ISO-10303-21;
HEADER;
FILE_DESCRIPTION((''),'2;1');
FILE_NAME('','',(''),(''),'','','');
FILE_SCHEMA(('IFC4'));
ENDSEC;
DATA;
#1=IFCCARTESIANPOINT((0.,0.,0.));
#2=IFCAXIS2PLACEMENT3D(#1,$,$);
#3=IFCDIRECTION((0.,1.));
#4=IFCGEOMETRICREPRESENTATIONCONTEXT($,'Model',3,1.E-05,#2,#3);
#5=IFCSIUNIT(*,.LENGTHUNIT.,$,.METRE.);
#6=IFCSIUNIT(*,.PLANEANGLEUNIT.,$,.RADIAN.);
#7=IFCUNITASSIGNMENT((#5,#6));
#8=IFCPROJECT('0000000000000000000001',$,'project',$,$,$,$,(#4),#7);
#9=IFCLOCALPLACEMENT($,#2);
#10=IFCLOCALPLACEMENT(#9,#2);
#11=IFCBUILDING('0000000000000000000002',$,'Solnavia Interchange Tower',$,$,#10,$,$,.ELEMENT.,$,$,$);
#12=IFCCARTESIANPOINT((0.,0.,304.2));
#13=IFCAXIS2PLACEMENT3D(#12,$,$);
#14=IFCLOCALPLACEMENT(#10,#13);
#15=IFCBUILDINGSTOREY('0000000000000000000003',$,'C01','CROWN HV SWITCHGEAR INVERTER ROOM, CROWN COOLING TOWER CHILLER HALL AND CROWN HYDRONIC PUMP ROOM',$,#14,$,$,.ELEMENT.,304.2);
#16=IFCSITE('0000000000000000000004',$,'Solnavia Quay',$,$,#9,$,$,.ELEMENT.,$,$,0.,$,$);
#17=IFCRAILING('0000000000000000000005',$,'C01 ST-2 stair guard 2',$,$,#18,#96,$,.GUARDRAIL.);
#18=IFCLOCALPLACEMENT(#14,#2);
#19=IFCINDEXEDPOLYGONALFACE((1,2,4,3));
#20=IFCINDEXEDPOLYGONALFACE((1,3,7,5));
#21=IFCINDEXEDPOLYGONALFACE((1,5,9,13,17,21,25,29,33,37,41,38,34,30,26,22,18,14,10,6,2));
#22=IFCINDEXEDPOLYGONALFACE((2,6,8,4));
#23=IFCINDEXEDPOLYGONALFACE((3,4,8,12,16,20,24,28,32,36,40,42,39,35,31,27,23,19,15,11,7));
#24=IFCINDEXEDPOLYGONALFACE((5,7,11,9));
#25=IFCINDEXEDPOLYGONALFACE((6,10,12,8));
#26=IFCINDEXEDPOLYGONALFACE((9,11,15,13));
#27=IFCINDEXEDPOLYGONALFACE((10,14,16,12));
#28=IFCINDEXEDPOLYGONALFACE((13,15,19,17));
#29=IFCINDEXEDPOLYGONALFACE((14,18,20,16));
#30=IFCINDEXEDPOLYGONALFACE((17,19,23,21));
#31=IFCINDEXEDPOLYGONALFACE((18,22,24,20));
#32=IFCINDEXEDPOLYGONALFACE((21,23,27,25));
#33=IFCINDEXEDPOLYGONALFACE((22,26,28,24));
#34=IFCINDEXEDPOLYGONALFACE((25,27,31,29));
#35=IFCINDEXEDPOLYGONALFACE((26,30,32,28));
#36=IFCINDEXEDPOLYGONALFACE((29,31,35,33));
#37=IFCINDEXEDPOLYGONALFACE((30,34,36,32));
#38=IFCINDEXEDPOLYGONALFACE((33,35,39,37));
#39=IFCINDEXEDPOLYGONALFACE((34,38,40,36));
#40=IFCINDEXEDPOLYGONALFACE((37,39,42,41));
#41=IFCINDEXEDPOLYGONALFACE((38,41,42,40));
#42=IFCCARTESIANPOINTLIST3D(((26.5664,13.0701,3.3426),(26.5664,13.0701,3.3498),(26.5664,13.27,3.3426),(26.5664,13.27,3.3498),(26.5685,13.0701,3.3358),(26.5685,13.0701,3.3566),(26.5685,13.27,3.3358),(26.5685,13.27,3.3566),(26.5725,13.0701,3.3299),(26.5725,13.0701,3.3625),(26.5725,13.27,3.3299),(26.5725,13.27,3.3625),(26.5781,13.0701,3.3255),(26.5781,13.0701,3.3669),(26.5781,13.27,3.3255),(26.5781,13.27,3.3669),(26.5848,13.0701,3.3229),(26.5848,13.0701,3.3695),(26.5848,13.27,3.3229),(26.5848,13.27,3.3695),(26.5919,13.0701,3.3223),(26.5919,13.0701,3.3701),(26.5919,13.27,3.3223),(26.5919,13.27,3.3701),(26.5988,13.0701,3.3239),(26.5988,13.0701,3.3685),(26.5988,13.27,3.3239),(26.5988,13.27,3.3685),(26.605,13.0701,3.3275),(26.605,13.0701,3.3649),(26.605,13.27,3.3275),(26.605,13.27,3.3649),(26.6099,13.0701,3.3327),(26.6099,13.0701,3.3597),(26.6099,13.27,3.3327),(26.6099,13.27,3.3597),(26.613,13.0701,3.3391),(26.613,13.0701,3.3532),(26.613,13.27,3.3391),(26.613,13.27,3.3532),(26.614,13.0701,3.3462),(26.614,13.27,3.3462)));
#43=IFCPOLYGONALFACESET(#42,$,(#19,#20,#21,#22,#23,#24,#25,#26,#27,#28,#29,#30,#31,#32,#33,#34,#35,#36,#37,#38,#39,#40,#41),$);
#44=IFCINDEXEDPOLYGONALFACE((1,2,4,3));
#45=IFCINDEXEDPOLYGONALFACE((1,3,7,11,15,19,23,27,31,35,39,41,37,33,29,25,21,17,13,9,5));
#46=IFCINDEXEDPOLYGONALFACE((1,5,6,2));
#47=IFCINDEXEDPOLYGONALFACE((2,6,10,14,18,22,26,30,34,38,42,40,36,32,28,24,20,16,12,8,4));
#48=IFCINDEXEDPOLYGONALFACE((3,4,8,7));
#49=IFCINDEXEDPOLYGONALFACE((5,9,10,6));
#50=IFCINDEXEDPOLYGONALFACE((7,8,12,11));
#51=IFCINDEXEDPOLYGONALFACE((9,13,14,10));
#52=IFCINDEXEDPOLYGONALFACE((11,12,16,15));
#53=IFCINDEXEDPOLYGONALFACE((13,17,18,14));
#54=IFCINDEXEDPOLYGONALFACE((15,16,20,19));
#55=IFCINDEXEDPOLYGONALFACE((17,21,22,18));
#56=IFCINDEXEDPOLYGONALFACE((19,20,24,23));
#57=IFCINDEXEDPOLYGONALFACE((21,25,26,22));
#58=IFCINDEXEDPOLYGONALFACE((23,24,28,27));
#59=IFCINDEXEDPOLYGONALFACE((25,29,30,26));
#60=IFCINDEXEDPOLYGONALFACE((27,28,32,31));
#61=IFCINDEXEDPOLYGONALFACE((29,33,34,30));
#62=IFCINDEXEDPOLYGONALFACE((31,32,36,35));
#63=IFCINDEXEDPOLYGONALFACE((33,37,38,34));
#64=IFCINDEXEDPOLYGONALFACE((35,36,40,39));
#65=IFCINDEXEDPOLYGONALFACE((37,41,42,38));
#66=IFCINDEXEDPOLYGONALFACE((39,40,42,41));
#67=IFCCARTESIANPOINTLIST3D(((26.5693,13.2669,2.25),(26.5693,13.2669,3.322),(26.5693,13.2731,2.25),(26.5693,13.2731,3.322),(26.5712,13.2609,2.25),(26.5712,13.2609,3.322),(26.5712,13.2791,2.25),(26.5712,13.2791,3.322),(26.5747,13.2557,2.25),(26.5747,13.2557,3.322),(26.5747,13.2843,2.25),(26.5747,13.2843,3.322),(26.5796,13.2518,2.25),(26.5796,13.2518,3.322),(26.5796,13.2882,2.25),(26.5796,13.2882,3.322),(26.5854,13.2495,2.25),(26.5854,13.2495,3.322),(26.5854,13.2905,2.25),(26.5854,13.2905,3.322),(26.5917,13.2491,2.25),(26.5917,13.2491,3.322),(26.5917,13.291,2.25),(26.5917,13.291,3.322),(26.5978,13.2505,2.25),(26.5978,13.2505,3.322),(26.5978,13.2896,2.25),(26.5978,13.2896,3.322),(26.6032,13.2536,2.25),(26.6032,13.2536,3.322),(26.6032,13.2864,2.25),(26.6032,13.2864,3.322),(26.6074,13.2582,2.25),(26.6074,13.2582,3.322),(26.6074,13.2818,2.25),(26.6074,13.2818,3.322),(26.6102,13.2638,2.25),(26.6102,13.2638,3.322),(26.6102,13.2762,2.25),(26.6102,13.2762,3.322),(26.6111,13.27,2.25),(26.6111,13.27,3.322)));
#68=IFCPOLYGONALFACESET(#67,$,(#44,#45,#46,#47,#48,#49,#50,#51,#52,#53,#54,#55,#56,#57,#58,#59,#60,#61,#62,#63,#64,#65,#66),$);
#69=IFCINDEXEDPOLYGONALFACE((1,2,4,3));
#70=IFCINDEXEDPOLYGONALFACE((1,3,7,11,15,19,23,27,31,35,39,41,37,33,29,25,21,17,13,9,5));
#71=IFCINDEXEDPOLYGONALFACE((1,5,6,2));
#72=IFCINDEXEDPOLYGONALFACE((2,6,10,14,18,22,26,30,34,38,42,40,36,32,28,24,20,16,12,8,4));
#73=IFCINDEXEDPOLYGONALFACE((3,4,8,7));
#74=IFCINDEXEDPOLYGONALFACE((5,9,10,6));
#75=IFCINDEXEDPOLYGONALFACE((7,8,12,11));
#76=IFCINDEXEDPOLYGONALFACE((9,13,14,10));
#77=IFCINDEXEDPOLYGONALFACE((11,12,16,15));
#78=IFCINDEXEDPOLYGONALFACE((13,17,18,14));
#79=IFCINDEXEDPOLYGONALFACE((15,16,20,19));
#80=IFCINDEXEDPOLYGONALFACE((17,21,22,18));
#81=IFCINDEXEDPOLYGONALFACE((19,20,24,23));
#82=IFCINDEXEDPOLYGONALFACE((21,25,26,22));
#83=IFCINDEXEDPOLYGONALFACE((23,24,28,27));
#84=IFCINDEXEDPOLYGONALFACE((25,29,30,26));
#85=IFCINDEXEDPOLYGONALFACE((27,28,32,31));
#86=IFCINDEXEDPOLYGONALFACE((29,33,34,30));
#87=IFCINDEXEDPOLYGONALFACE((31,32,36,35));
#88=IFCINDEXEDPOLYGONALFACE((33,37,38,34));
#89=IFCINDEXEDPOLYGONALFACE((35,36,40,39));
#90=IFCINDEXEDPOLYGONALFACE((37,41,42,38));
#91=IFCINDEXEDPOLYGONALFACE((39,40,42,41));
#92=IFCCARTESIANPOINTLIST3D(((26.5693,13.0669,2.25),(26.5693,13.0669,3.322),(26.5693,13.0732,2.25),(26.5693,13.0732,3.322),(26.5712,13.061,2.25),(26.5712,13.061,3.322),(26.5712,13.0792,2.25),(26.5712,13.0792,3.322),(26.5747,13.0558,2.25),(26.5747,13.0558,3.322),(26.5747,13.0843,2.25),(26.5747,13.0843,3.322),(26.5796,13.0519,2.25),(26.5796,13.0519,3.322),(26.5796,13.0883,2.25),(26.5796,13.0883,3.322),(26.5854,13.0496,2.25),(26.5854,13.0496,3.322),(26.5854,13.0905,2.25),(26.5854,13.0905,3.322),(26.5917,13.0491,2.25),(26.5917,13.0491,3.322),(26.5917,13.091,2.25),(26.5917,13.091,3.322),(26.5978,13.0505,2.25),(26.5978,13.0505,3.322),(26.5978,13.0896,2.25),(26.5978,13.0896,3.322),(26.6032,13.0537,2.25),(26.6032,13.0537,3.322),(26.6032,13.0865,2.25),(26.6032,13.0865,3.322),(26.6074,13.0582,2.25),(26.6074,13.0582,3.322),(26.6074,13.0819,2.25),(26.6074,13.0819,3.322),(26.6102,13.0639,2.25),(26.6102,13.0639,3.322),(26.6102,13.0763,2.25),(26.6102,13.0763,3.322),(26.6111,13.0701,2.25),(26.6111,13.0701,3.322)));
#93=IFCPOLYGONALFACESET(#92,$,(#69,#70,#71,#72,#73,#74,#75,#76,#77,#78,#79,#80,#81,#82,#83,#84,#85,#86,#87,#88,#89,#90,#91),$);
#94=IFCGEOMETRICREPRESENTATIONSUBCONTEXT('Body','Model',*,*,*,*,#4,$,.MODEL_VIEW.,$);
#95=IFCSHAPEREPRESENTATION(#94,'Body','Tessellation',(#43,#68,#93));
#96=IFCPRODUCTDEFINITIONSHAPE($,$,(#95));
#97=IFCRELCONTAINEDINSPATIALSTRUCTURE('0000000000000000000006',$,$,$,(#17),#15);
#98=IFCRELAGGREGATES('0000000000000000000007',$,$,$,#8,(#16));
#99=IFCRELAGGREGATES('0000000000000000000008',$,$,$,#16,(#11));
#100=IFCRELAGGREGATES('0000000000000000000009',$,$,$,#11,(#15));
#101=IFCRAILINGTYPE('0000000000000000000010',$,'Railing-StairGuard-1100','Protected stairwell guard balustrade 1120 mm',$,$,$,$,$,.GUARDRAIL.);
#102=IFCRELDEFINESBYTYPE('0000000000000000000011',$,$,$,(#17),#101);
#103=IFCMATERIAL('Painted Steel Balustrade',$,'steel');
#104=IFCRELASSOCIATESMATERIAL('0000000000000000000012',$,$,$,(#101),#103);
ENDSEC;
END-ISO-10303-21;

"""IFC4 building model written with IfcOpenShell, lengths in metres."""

from ifc_helpers import new_model, si_unit, direction, frame, origin, origin_2d, place, context, subcontext, project, spatial, circle, extrude, material, type_object, element, save


model = new_model("IFC4")

# Units and contexts
model_context = context("Model", 3, precision=1e-05, world=origin(), true_north=direction((0.0, 1.0)))
body_context = subcontext(model_context, "Body", "Model", "MODEL_VIEW")
ifc_project = project(units=[si_unit("LENGTHUNIT", "METRE"), si_unit("PLANEANGLEUNIT", "RADIAN")], contexts=[model_context])

# Site, building, storey
site_placement = place(None, origin())
site = spatial("IfcSite", under=ifc_project, at=site_placement, Name="Solnavia Quay", CompositionType="ELEMENT", RefElevation=0.0)
building_placement = place(site_placement, origin())
building = spatial("IfcBuilding", under=site, at=building_placement, Name="Solnavia Interchange Tower", CompositionType="ELEMENT")
storey_placement = place(building_placement, frame((0.0, 0.0, 304.2)))
storey = spatial("IfcBuildingStorey", under=building, at=storey_placement, Name="C01", Description="CROWN HV SWITCHGEAR INVERTER ROOM, CROWN COOLING TOWER CHILLER HALL AND CROWN HYDRONIC PUMP ROOM", CompositionType="ELEMENT", Elevation=304.2)

# Railing
ifc_material_1 = material(Name="Painted Steel Balustrade", Category="steel")
railing_type_1 = type_object("IfcRailingType", Name="Railing-StairGuard-1100", Description="Protected stairwell guard balustrade 1120 mm", PredefinedType="GUARDRAIL", material=ifc_material_1)
railing_1_placement = place(storey_placement, frame((26.5901, 13.27, 2.25)))
element("IfcRailing", 1, at=railing_1_placement, inside=storey, type_object=railing_type_1, Name="C01 ST-2 stair guard 2", PredefinedType="GUARDRAIL", context=body_context, shape_type="SweptSolid", body=[
    extrude(circle(Radius=0.0239, at=origin_2d()), frame((0.0, 0.0, 1.0962), z_axis=(0.0, -1.0, 0.0), x_axis=(1.0, 0.0, 0.0)), (0.0, 0.0, 1.0), 0.2),
    extrude(circle(Radius=0.021, at=origin_2d()), origin(), (0.0, 0.0, 1.0), 1.072),
    extrude(circle(Radius=0.021, at=origin_2d()), frame((0.0, -0.2, 0.0)), (0.0, 0.0, 1.0), 1.072),
])

save(model, "model.ifc")
